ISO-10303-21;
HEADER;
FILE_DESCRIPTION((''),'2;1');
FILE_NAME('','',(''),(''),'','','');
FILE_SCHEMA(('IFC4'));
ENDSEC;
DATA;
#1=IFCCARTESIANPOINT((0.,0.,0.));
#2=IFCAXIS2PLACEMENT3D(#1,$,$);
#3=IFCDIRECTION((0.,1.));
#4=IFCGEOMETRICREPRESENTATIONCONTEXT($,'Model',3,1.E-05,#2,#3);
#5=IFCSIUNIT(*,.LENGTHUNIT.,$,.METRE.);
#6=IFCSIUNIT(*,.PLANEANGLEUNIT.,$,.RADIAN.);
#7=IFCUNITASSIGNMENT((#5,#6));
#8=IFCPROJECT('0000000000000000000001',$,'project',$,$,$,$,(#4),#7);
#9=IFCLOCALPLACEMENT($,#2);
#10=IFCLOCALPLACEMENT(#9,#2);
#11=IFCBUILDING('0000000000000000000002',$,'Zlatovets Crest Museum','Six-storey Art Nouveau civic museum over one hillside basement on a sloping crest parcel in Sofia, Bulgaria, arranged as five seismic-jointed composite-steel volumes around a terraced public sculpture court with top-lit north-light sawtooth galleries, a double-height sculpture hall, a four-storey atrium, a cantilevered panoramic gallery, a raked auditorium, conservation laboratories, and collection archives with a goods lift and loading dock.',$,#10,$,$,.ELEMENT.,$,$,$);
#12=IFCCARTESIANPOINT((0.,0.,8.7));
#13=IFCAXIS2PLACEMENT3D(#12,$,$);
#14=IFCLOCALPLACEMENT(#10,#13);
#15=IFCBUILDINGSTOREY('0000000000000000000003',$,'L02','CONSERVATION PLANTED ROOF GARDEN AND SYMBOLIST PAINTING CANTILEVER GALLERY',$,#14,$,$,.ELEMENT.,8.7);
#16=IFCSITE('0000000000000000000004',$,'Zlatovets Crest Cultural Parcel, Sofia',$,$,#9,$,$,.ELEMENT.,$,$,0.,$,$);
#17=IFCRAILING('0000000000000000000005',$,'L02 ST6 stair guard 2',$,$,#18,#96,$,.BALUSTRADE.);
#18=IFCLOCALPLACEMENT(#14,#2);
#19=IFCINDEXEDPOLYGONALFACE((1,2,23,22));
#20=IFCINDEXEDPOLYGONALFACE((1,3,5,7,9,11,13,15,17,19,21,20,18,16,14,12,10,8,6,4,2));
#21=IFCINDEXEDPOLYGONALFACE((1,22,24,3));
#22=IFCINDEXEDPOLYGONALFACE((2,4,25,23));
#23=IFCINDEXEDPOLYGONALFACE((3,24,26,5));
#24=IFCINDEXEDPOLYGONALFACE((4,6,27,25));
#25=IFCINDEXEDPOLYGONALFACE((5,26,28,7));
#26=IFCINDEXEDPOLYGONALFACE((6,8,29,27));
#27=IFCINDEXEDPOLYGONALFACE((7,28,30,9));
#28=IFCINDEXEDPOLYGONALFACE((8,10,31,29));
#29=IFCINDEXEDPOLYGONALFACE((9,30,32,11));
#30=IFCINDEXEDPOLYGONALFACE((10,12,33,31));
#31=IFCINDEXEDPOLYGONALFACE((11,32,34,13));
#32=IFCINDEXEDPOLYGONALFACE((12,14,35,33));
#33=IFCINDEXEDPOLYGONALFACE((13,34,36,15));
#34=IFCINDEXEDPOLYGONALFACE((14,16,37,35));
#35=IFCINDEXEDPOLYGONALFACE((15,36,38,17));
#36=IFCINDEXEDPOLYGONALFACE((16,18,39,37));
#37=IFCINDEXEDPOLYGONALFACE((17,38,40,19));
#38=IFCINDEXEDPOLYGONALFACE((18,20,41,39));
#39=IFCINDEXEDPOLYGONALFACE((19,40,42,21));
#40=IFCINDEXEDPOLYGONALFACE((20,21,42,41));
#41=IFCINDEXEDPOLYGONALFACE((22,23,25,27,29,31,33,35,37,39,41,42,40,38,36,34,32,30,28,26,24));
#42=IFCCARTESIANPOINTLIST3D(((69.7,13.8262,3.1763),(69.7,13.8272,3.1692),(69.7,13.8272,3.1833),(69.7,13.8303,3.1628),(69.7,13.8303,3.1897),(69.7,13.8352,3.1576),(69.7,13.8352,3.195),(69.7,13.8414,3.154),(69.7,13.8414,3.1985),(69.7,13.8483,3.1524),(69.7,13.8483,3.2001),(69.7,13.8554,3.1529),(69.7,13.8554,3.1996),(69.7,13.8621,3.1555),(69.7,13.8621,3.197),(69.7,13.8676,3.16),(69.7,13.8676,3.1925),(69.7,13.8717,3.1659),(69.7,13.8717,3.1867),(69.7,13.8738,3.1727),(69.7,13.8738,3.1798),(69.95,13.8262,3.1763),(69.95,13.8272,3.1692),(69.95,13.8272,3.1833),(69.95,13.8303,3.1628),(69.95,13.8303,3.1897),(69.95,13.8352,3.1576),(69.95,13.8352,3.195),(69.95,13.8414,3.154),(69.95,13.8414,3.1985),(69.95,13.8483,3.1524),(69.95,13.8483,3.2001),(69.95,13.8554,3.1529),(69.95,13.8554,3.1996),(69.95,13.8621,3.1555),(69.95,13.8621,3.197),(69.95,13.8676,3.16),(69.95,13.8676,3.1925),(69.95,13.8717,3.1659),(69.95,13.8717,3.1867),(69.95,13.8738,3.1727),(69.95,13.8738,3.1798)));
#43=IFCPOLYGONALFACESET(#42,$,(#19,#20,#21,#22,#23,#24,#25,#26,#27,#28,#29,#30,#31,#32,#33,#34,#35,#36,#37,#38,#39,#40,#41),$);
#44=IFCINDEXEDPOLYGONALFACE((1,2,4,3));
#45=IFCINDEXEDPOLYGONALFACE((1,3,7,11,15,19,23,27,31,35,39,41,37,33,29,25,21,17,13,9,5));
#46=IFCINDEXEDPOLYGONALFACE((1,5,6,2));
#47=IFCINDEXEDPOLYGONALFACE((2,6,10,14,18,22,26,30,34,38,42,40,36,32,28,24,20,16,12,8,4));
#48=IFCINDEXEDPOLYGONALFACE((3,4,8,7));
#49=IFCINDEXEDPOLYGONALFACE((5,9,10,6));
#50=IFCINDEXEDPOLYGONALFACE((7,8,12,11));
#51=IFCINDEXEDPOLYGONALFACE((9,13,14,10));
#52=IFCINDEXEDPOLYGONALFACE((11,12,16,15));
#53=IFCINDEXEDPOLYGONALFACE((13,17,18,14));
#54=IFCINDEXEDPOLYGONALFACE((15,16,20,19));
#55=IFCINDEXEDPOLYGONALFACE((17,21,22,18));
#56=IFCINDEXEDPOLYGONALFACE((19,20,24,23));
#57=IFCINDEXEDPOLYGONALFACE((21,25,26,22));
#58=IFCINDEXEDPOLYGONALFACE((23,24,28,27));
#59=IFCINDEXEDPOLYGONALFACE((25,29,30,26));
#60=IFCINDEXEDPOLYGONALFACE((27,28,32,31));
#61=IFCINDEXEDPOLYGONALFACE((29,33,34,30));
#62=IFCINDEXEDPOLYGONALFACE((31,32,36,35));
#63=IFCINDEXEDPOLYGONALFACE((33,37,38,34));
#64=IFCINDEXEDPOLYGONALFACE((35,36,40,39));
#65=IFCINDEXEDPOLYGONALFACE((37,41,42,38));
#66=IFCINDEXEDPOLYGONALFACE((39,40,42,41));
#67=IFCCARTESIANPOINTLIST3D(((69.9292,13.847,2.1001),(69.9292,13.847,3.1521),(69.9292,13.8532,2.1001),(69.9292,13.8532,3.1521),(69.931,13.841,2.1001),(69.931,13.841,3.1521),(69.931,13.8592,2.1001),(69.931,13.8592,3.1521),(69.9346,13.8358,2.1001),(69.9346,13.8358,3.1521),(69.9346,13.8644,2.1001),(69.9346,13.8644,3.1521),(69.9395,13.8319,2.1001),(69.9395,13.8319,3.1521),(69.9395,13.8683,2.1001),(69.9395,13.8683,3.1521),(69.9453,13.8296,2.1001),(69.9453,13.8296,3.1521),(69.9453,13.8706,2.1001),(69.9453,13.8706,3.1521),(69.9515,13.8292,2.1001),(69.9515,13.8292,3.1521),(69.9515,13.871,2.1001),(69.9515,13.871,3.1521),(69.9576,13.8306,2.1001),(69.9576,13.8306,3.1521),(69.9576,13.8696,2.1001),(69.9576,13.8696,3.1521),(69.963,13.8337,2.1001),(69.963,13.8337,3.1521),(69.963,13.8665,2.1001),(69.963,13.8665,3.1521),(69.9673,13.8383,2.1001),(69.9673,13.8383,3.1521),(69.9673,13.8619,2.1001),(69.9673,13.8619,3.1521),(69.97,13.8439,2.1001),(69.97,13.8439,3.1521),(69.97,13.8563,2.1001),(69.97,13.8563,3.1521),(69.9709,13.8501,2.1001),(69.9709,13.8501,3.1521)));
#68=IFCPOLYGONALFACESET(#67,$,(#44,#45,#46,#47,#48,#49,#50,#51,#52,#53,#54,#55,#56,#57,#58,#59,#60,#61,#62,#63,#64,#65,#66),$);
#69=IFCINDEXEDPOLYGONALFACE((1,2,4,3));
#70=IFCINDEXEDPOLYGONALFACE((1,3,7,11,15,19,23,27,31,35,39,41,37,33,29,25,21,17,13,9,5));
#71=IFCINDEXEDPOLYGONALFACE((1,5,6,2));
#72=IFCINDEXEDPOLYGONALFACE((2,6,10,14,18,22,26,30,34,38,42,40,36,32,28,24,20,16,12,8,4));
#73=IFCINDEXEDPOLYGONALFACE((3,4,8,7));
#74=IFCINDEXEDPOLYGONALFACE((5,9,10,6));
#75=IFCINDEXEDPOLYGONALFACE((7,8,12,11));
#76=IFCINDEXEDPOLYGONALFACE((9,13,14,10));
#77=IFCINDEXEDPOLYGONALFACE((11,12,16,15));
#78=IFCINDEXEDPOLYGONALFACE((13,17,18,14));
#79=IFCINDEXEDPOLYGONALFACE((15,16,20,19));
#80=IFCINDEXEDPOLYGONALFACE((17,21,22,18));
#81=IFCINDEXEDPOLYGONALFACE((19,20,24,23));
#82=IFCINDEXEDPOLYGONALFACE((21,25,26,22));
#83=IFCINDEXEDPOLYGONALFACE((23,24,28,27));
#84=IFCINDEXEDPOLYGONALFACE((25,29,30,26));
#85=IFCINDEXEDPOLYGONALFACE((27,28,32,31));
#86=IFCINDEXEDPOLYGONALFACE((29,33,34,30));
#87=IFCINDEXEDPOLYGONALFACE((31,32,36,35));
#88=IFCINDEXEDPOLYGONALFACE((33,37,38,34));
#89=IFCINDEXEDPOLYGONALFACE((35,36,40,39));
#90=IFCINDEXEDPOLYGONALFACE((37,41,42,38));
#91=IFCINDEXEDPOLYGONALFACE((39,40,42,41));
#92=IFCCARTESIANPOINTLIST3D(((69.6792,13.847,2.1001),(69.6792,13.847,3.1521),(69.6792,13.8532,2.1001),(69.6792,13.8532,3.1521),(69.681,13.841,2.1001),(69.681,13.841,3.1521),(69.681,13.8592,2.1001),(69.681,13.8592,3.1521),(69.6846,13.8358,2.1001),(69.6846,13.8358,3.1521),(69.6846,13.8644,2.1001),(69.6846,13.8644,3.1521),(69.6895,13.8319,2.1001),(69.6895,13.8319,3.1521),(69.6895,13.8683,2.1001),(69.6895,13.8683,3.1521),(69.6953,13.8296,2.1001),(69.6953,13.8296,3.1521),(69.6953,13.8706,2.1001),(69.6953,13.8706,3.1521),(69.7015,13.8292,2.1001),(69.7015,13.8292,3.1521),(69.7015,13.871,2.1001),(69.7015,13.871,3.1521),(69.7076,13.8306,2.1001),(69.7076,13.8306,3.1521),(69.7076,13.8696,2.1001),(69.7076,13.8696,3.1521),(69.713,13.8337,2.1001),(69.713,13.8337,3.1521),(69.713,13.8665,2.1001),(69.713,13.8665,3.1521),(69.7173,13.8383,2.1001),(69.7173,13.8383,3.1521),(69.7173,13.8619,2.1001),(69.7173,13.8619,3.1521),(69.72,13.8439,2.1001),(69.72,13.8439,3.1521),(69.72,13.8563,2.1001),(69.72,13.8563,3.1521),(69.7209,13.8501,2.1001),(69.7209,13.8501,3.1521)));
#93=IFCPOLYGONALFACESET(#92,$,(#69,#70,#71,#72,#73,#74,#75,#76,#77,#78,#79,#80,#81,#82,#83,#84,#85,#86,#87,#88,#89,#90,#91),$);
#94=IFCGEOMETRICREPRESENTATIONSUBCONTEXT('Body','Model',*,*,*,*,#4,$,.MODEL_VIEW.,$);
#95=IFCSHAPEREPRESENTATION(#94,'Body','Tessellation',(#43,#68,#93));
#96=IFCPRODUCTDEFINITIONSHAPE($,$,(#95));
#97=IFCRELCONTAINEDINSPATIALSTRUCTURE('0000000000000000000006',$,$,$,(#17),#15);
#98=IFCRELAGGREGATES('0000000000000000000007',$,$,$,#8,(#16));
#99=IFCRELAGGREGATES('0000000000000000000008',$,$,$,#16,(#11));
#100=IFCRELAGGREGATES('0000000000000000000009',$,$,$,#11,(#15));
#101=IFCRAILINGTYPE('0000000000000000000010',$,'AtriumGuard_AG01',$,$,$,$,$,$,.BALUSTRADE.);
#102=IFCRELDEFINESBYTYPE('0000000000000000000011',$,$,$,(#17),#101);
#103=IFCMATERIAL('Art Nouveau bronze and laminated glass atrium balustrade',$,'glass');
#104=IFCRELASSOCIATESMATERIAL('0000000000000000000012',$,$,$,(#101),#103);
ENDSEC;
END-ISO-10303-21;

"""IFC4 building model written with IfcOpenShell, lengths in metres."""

from ifc_helpers import new_model, si_unit, direction, frame, origin, origin_2d, place, context, subcontext, project, spatial, circle, extrude, material, type_object, element, save


model = new_model("IFC4")

# Units and contexts
model_context = context("Model", 3, precision=1e-05, world=origin(), true_north=direction((0.0, 1.0)))
body_context = subcontext(model_context, "Body", "Model", "MODEL_VIEW")
ifc_project = project(units=[si_unit("LENGTHUNIT", "METRE"), si_unit("PLANEANGLEUNIT", "RADIAN")], contexts=[model_context])

# Site, building, storey
site_placement = place(None, origin())
site = spatial("IfcSite", under=ifc_project, at=site_placement, Name="Zlatovets Crest Cultural Parcel, Sofia", CompositionType="ELEMENT", RefElevation=0.0)
building_placement = place(site_placement, origin())
building = spatial("IfcBuilding", under=site, at=building_placement, Name="Zlatovets Crest Museum", Description="Six-storey Art Nouveau civic museum over one hillside basement on a sloping crest parcel in Sofia, Bulgaria, arranged as five seismic-jointed composite-steel volumes around a terraced public sculpture court with top-lit north-light sawtooth galleries, a double-height sculpture hall, a four-storey atrium, a cantilevered panoramic gallery, a raked auditorium, conservation laboratories, and collection archives with a goods lift and loading dock.", CompositionType="ELEMENT")
storey_placement = place(building_placement, frame((0.0, 0.0, 8.7)))
storey = spatial("IfcBuildingStorey", under=building, at=storey_placement, Name="L02", Description="CONSERVATION PLANTED ROOF GARDEN AND SYMBOLIST PAINTING CANTILEVER GALLERY", CompositionType="ELEMENT", Elevation=8.7)

# Railing
ifc_material_1 = material(Name="Art Nouveau bronze and laminated glass atrium balustrade", Category="glass")
railing_type = type_object("IfcRailingType", Name="AtriumGuard_AG01", PredefinedType="BALUSTRADE", material=ifc_material_1)
railing_1_placement = place(storey_placement, frame((69.95, 13.8501, 2.1001)))
element("IfcRailing", 1, at=railing_1_placement, inside=storey, type_object=railing_type, Name="L02 ST6 stair guard 2", PredefinedType="BALUSTRADE", context=body_context, shape_type="SweptSolid", body=[
    extrude(circle(Radius=0.0239, at=origin_2d()), frame((0.0, 0.0, 1.0762), z_axis=(-1.0, 0.0, 0.0), x_axis=(0.0, -1.0, 0.0)), (0.0, 0.0, 1.0), 0.25),
    extrude(circle(Radius=0.021, at=origin_2d()), origin(), (0.0, 0.0, 1.0), 1.052),
    extrude(circle(Radius=0.021, at=origin_2d()), frame((-0.25, 0.0, 0.0)), (0.0, 0.0, 1.0), 1.052),
])

save(model, "model.ifc")
